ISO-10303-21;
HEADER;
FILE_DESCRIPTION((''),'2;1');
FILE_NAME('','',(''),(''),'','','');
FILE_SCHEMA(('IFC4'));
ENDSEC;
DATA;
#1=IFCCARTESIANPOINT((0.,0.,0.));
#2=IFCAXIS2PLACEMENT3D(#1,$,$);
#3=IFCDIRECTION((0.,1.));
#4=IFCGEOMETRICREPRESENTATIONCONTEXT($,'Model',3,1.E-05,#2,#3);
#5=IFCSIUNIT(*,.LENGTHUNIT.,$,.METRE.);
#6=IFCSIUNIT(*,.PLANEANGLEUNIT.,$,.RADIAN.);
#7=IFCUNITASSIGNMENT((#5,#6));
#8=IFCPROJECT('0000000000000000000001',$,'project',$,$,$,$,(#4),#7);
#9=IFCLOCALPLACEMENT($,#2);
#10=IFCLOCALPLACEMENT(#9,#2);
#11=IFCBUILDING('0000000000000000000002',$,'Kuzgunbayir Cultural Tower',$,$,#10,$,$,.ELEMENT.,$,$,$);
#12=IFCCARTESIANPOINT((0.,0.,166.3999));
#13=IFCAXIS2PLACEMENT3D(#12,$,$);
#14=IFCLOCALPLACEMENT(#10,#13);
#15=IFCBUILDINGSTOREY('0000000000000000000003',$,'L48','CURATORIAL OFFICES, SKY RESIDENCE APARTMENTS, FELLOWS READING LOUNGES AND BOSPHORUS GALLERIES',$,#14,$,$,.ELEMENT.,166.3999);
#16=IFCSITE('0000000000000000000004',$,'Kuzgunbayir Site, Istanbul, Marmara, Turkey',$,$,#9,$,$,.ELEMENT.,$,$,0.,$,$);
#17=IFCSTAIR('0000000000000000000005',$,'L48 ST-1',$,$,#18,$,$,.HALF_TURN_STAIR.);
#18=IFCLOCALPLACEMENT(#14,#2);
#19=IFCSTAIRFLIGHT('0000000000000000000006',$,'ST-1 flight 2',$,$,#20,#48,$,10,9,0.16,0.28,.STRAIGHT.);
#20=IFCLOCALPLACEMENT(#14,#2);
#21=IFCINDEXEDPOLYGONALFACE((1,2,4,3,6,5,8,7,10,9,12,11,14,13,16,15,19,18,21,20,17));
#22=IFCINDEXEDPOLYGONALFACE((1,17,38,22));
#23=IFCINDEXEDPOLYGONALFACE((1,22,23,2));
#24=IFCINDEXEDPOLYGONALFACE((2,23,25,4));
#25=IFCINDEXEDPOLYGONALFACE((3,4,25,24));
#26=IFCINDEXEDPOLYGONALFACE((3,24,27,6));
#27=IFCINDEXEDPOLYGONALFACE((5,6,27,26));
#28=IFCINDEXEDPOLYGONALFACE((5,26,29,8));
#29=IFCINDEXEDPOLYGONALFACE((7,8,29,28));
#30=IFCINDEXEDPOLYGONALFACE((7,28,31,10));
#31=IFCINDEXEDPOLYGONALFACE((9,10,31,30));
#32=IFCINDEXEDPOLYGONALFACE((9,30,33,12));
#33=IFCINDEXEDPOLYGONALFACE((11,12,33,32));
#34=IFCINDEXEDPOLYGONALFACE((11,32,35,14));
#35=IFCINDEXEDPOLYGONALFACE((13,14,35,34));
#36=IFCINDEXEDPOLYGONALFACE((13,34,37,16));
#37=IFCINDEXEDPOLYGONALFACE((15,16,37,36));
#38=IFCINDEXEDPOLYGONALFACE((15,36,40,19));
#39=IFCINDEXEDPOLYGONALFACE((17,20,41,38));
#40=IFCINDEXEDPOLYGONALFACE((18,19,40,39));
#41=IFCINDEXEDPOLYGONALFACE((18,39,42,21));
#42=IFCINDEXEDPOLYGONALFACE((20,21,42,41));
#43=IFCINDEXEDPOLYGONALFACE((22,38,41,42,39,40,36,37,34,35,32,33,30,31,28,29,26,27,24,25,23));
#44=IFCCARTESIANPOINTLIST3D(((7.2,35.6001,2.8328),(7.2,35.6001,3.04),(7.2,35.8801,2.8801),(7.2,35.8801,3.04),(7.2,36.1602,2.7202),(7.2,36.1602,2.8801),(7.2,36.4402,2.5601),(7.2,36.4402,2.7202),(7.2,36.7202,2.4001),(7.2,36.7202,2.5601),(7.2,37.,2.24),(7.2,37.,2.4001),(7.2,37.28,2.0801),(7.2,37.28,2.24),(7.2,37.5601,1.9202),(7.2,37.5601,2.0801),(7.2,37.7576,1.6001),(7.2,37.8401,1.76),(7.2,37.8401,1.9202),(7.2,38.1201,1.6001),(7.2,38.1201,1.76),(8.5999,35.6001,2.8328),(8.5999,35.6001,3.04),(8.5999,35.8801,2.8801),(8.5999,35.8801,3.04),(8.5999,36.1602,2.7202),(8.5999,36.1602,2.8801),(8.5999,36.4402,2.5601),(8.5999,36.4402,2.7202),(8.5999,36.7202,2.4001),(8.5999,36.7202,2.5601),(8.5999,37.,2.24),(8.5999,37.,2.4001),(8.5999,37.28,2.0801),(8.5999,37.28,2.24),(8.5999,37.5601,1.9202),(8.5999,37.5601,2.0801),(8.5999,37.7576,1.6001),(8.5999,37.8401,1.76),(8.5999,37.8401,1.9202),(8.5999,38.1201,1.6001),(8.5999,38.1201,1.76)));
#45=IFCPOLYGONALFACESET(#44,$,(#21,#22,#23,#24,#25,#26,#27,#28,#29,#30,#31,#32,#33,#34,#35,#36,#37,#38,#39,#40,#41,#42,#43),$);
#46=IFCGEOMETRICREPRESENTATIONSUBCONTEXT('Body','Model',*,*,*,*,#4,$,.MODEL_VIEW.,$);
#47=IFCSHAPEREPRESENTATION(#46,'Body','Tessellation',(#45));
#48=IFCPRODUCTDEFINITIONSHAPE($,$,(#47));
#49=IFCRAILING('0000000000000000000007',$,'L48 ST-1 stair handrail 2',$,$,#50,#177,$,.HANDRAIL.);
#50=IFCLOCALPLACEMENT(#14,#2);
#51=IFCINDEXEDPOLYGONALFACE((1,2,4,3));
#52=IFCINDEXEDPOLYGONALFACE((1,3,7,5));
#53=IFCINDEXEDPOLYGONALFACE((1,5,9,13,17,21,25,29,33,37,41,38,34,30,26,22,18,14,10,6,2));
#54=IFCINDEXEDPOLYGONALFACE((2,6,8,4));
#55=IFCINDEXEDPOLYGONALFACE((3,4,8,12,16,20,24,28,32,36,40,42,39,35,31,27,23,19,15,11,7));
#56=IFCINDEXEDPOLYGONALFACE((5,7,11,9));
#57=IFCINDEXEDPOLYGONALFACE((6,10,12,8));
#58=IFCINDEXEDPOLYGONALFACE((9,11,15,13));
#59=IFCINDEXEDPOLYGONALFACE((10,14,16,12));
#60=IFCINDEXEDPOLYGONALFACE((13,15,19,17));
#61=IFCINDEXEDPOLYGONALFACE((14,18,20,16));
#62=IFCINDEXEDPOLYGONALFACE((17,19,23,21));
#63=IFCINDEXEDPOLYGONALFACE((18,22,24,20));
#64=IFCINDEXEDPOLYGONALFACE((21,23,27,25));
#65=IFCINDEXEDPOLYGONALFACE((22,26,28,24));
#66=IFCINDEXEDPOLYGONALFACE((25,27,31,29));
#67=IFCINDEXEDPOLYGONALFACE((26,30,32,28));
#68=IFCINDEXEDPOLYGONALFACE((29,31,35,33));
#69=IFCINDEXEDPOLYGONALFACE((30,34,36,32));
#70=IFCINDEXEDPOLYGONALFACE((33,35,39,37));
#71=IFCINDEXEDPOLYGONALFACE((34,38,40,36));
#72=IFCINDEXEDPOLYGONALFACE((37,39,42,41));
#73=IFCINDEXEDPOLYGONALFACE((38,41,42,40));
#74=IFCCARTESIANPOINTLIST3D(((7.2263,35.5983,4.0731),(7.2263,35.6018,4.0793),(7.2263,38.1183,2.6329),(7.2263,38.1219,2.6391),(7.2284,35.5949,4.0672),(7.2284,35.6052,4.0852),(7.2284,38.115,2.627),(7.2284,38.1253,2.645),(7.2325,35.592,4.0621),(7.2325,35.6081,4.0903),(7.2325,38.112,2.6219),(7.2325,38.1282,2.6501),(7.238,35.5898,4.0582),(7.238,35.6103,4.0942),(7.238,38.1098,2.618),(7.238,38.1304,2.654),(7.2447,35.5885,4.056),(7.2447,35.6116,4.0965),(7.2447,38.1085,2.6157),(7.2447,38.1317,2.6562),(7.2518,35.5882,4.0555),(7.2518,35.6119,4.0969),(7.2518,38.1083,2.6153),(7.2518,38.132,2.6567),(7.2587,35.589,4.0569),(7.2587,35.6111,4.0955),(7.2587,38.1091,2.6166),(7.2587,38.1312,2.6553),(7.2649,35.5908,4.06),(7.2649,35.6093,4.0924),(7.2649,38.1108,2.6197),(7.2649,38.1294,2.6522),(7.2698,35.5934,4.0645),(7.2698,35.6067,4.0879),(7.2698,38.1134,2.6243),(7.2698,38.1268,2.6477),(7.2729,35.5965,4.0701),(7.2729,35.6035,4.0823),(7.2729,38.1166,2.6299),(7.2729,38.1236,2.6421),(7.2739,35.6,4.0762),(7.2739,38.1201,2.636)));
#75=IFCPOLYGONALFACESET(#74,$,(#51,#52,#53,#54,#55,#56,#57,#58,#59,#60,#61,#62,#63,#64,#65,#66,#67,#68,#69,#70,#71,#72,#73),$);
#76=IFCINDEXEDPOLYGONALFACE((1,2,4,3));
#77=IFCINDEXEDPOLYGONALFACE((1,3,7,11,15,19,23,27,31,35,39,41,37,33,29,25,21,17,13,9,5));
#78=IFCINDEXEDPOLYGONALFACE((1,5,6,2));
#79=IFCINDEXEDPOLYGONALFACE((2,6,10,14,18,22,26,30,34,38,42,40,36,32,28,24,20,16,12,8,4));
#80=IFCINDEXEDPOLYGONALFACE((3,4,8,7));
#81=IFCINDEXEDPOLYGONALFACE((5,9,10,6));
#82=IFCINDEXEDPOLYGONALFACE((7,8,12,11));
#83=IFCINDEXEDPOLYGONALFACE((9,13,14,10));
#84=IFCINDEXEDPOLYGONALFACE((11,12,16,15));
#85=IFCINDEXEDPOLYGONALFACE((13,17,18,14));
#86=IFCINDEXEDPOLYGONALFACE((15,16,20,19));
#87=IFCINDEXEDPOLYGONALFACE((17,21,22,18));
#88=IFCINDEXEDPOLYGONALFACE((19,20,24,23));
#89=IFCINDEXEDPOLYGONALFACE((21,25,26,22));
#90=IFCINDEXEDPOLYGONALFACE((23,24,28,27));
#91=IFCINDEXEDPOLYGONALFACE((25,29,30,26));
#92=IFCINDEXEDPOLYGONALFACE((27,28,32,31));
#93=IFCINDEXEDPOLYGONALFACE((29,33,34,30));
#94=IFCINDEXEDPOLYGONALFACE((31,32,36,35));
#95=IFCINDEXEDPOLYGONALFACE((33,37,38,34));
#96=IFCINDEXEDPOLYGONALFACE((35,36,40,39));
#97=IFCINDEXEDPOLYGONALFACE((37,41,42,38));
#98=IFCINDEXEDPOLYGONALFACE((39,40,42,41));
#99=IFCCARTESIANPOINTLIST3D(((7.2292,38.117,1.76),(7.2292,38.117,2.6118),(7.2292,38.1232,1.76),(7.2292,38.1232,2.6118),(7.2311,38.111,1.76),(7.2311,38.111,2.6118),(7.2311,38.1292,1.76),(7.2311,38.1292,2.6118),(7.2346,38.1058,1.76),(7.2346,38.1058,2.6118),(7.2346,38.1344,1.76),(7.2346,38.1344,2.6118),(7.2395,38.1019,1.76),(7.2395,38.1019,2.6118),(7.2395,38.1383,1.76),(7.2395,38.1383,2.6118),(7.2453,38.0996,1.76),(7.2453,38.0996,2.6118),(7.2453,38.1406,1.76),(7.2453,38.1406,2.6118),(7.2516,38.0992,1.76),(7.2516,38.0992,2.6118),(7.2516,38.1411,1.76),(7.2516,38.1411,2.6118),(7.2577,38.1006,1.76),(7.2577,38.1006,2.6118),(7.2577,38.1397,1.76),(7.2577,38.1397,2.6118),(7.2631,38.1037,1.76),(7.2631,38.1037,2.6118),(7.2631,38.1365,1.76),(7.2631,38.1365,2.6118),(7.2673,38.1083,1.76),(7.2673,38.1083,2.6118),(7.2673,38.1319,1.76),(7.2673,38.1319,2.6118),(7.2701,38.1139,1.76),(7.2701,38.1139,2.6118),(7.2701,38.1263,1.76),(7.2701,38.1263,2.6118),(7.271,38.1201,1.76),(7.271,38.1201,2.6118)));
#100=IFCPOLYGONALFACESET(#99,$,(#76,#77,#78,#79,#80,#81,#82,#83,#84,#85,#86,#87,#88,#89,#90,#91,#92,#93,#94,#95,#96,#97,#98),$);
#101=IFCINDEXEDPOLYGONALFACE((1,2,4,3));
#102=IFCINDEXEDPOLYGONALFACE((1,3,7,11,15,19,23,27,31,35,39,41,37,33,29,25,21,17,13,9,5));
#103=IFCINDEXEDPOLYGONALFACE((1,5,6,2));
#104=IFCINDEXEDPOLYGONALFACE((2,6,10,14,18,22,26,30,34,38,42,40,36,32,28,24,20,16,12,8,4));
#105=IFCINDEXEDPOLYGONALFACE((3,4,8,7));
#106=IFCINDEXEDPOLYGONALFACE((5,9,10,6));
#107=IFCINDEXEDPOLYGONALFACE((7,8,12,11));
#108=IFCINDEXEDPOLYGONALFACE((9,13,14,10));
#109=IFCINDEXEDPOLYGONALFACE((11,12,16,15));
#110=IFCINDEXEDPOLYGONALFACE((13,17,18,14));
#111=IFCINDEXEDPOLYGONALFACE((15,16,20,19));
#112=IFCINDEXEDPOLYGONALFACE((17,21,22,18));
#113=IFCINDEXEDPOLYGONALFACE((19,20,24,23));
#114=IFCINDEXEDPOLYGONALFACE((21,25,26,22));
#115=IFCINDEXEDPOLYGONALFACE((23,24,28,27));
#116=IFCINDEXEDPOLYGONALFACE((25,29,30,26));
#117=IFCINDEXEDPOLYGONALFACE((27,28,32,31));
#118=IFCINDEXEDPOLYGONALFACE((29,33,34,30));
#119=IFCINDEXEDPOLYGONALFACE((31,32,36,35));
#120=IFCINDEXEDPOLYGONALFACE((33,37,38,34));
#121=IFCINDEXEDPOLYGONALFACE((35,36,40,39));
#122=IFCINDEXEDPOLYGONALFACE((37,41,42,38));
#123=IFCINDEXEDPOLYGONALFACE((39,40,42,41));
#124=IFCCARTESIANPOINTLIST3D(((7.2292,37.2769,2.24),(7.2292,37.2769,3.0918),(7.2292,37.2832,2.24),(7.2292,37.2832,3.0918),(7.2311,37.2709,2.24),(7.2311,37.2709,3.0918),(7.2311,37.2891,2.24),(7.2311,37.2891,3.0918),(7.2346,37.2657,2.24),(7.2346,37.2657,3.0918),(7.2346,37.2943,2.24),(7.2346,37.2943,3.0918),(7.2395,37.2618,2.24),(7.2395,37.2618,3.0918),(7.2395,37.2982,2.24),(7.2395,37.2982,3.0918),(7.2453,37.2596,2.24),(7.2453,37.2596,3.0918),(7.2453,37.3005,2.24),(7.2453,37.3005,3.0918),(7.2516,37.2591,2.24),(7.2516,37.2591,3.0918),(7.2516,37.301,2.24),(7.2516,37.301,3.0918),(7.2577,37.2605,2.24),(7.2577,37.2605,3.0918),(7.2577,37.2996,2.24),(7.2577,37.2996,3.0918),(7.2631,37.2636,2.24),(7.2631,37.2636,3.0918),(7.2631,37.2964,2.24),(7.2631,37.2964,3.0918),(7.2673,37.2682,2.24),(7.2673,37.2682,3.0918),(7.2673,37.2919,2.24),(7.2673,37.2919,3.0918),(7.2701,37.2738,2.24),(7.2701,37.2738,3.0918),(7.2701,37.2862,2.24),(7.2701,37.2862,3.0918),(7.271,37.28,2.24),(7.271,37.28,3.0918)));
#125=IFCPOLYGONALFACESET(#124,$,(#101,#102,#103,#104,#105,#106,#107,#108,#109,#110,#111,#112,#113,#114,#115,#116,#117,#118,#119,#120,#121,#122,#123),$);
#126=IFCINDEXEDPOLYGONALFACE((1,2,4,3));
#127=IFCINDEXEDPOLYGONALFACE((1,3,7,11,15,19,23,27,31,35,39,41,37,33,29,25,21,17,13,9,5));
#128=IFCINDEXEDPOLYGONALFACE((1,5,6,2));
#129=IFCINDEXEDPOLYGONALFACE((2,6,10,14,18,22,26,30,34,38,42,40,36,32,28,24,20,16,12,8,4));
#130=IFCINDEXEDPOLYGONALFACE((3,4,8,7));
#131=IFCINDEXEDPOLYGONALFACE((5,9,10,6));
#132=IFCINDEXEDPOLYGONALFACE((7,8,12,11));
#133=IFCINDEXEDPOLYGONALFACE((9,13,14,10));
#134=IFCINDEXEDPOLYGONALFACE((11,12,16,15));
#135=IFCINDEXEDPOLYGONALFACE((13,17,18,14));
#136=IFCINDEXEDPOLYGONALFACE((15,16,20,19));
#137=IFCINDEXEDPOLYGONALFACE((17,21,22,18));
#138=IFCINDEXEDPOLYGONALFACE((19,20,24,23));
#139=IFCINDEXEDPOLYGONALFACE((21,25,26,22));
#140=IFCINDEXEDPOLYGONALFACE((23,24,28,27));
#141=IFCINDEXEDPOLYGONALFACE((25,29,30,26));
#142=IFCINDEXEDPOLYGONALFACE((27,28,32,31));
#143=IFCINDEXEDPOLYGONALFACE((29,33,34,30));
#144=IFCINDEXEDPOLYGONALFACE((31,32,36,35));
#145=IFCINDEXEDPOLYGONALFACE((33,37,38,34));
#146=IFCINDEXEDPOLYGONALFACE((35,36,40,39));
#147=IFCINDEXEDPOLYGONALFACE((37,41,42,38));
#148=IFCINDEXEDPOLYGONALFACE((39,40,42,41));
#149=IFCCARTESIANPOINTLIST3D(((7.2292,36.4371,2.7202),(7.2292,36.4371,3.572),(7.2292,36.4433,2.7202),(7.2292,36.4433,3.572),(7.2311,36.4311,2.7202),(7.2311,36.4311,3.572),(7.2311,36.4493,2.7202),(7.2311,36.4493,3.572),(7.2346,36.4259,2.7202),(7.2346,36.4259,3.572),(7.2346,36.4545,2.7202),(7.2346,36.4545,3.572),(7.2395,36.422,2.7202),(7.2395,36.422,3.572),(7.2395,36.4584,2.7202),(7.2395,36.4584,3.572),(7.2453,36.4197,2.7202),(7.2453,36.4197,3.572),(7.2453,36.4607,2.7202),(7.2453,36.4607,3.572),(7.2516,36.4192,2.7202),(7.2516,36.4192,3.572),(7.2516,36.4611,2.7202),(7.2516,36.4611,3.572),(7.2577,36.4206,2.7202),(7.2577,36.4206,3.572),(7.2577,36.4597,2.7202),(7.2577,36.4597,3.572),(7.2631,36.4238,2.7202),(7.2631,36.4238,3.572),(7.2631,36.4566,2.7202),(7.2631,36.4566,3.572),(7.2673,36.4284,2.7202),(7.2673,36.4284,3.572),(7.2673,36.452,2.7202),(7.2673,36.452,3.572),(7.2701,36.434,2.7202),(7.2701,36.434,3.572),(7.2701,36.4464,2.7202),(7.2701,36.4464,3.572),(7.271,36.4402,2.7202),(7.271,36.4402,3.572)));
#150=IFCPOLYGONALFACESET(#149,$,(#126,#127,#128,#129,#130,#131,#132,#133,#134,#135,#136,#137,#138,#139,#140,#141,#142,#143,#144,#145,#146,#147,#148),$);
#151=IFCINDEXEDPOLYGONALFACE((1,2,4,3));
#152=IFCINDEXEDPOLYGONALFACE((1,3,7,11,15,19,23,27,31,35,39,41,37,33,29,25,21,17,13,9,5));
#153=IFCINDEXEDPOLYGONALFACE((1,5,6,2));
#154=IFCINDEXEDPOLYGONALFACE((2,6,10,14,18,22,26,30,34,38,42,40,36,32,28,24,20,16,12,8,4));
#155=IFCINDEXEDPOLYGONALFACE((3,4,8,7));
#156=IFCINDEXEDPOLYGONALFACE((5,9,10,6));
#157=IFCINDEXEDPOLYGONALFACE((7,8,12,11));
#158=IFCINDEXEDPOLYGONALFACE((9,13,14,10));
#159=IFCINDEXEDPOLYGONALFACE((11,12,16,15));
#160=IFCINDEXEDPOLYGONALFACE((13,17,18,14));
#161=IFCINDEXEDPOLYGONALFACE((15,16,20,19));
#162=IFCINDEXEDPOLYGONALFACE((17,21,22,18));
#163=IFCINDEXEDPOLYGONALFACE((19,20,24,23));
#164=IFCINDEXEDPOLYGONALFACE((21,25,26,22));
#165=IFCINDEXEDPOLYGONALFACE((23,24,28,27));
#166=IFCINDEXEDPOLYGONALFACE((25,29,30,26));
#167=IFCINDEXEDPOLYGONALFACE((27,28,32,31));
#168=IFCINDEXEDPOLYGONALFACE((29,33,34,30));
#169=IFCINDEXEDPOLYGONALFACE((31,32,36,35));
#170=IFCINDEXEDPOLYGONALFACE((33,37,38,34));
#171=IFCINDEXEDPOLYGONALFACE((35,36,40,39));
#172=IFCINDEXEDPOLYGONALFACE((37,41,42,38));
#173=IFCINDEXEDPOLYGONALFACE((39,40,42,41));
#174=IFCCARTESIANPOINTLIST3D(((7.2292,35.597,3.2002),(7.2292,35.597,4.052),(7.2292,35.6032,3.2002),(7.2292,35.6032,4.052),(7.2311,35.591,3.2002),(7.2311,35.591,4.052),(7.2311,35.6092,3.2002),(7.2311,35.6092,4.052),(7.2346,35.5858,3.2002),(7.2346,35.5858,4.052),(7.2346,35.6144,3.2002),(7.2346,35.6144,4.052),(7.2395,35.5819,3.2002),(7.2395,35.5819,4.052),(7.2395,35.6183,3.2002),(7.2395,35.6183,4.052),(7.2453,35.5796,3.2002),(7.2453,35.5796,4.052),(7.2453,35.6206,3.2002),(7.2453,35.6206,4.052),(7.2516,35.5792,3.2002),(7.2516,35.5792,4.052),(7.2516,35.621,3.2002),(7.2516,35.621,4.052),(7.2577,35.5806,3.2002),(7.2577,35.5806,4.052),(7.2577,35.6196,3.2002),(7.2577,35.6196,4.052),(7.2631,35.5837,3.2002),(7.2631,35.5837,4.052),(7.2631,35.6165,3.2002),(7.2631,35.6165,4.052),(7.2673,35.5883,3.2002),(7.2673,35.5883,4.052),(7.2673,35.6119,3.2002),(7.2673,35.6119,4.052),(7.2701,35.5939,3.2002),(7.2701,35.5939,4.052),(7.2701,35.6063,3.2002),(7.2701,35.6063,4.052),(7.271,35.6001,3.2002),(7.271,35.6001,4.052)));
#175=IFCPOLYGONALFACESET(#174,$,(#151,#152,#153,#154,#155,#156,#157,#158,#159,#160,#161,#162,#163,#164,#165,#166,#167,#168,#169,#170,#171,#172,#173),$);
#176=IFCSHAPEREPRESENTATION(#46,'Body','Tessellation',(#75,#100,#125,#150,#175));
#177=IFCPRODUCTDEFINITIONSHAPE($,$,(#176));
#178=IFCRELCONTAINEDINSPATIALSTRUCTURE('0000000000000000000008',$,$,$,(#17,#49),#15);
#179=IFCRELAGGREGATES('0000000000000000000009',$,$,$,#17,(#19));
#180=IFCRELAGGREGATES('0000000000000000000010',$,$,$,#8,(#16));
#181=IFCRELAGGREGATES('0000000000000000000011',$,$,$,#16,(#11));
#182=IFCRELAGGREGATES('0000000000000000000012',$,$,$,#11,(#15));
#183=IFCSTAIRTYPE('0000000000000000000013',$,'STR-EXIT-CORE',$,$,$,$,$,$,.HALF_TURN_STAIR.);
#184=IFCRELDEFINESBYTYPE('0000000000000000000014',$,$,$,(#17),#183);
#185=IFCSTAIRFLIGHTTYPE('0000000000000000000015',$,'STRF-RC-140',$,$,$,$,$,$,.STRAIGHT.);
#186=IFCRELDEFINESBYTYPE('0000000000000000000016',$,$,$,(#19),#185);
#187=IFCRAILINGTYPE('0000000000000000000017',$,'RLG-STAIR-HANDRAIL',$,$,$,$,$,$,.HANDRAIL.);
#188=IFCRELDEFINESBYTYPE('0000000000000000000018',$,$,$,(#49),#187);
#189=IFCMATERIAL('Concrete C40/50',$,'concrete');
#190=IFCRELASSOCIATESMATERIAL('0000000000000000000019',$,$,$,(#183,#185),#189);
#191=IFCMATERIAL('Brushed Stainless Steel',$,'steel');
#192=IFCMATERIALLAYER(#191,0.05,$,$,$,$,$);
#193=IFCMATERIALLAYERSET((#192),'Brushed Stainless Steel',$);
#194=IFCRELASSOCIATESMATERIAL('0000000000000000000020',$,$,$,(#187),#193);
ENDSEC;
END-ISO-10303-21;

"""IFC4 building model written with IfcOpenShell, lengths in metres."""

from ifc_helpers import new_model, si_unit, direction, frame, origin, origin_2d, place, context, subcontext, project, spatial, polyline, circle, outline, extrude, material, layer, layer_set, type_object, element, aggregate, save


model = new_model("IFC4")

# Units and contexts
model_context = context("Model", 3, precision=1e-05, world=origin(), true_north=direction((0.0, 1.0)))
body_context = subcontext(model_context, "Body", "Model", "MODEL_VIEW")
ifc_project = project(units=[si_unit("LENGTHUNIT", "METRE"), si_unit("PLANEANGLEUNIT", "RADIAN")], contexts=[model_context])

# Site, building, storey
site_placement = place(None, origin())
site = spatial("IfcSite", under=ifc_project, at=site_placement, Name="Kuzgunbayir Site, Istanbul, Marmara, Turkey", CompositionType="ELEMENT", RefElevation=0.0)
building_placement = place(site_placement, origin())
building = spatial("IfcBuilding", under=site, at=building_placement, Name="Kuzgunbayir Cultural Tower", CompositionType="ELEMENT")
storey_placement = place(building_placement, frame((0.0, 0.0, 166.3999)))
storey = spatial("IfcBuildingStorey", under=building, at=storey_placement, Name="L48", Description="CURATORIAL OFFICES, SKY RESIDENCE APARTMENTS, FELLOWS READING LOUNGES AND BOSPHORUS GALLERIES", CompositionType="ELEMENT", Elevation=166.3999)

# Shared definitions
ifc_material_1 = material(Name="Concrete C40/50", Category="concrete")

# Stair, stair flight
stair_type = type_object("IfcStairType", Name="STR-EXIT-CORE", PredefinedType="HALF_TURN_STAIR", material=ifc_material_1)
stair_placement = place(storey_placement, origin())
stair = element("IfcStair", 1, at=stair_placement, inside=storey, type_object=stair_type, Name="L48 ST-1", PredefinedType="HALF_TURN_STAIR")
stair_flight_type = type_object("IfcStairFlightType", Name="STRF-RC-140", PredefinedType="STRAIGHT", material=ifc_material_1)
stair_flight_placement = place(storey_placement, frame((7.8999, 38.1201, 1.6001), z_axis=(0.0, 0.0, 1.0), x_axis=(0.0, -1.0, 0.0)))
stair_flight = element("IfcStairFlight", 2, at=stair_flight_placement, type_object=stair_flight_type, Name="ST-1 flight 2", NumberOfRisers=10, NumberOfTreads=9, PredefinedType="STRAIGHT", RiserHeight=0.16, TreadLength=0.28, context=body_context, shape_type="SweptSolid", body=[
    extrude(outline(polyline([(0.0, 0.0), (0.0, 0.1599), (0.28, 0.1599), (0.28, 0.3201), (0.5601, 0.3201), (0.5601, 0.48), (0.8401, 0.48), (0.8401, 0.6399), (1.1201, 0.6399), (1.1201, 0.8), (1.3999, 0.8), (1.3999, 0.96), (1.6799, 0.96), (1.6799, 1.1201), (1.96, 1.1201), (1.96, 1.28), (2.24, 1.28), (2.24, 1.4399), (2.52, 1.4399), (2.52, 1.6001), (2.52, 1.2327), (0.3625, 0.0), (0.0, 0.0)])), frame((0.0, 0.7, 0.0), z_axis=(0.0, -1.0, 0.0), x_axis=(1.0, 0.0, 0.0)), (0.0, 0.0, 1.0), 1.3999),
])
aggregate(stair, [stair_flight])

# Railing
ifc_material_2 = material(Name="Brushed Stainless Steel", Category="steel")
ifc_layer_1 = layer(ifc_material_2, 0.05)
ifc_layer_set_1 = layer_set([ifc_layer_1], Name="Brushed Stainless Steel")
railing_type_1 = type_object("IfcRailingType", Name="RLG-STAIR-HANDRAIL", PredefinedType="HANDRAIL", material=ifc_layer_set_1)
railing_1_placement = place(storey_placement, frame((7.25, 38.1201, 1.76)))
element("IfcRailing", 3, at=railing_1_placement, inside=storey, type_object=railing_type_1, Name="L48 ST-1 stair handrail 2", PredefinedType="HANDRAIL", context=body_context, shape_type="SweptSolid", body=[
    extrude(circle(Radius=0.0239, at=origin_2d()), frame((0.0, 0.0, 0.876), z_axis=(0.0, -0.868217, 0.496184), x_axis=(1.0, 0.0, 0.0)), (0.0, 0.0, 1.0), 2.9026),
    extrude(circle(Radius=0.021, at=origin_2d()), origin(), (0.0, 0.0, 1.0), 0.8518),
    extrude(circle(Radius=0.021, at=origin_2d()), frame((0.0, -0.8401, 0.48)), (0.0, 0.0, 1.0), 0.8518),
    extrude(circle(Radius=0.021, at=origin_2d()), frame((0.0, -1.6799, 0.9602)), (0.0, 0.0, 1.0), 0.8518),
    extrude(circle(Radius=0.021, at=origin_2d()), frame((0.0, -2.52, 1.4402)), (0.0, 0.0, 1.0), 0.8518),
])

save(model, "model.ifc")
